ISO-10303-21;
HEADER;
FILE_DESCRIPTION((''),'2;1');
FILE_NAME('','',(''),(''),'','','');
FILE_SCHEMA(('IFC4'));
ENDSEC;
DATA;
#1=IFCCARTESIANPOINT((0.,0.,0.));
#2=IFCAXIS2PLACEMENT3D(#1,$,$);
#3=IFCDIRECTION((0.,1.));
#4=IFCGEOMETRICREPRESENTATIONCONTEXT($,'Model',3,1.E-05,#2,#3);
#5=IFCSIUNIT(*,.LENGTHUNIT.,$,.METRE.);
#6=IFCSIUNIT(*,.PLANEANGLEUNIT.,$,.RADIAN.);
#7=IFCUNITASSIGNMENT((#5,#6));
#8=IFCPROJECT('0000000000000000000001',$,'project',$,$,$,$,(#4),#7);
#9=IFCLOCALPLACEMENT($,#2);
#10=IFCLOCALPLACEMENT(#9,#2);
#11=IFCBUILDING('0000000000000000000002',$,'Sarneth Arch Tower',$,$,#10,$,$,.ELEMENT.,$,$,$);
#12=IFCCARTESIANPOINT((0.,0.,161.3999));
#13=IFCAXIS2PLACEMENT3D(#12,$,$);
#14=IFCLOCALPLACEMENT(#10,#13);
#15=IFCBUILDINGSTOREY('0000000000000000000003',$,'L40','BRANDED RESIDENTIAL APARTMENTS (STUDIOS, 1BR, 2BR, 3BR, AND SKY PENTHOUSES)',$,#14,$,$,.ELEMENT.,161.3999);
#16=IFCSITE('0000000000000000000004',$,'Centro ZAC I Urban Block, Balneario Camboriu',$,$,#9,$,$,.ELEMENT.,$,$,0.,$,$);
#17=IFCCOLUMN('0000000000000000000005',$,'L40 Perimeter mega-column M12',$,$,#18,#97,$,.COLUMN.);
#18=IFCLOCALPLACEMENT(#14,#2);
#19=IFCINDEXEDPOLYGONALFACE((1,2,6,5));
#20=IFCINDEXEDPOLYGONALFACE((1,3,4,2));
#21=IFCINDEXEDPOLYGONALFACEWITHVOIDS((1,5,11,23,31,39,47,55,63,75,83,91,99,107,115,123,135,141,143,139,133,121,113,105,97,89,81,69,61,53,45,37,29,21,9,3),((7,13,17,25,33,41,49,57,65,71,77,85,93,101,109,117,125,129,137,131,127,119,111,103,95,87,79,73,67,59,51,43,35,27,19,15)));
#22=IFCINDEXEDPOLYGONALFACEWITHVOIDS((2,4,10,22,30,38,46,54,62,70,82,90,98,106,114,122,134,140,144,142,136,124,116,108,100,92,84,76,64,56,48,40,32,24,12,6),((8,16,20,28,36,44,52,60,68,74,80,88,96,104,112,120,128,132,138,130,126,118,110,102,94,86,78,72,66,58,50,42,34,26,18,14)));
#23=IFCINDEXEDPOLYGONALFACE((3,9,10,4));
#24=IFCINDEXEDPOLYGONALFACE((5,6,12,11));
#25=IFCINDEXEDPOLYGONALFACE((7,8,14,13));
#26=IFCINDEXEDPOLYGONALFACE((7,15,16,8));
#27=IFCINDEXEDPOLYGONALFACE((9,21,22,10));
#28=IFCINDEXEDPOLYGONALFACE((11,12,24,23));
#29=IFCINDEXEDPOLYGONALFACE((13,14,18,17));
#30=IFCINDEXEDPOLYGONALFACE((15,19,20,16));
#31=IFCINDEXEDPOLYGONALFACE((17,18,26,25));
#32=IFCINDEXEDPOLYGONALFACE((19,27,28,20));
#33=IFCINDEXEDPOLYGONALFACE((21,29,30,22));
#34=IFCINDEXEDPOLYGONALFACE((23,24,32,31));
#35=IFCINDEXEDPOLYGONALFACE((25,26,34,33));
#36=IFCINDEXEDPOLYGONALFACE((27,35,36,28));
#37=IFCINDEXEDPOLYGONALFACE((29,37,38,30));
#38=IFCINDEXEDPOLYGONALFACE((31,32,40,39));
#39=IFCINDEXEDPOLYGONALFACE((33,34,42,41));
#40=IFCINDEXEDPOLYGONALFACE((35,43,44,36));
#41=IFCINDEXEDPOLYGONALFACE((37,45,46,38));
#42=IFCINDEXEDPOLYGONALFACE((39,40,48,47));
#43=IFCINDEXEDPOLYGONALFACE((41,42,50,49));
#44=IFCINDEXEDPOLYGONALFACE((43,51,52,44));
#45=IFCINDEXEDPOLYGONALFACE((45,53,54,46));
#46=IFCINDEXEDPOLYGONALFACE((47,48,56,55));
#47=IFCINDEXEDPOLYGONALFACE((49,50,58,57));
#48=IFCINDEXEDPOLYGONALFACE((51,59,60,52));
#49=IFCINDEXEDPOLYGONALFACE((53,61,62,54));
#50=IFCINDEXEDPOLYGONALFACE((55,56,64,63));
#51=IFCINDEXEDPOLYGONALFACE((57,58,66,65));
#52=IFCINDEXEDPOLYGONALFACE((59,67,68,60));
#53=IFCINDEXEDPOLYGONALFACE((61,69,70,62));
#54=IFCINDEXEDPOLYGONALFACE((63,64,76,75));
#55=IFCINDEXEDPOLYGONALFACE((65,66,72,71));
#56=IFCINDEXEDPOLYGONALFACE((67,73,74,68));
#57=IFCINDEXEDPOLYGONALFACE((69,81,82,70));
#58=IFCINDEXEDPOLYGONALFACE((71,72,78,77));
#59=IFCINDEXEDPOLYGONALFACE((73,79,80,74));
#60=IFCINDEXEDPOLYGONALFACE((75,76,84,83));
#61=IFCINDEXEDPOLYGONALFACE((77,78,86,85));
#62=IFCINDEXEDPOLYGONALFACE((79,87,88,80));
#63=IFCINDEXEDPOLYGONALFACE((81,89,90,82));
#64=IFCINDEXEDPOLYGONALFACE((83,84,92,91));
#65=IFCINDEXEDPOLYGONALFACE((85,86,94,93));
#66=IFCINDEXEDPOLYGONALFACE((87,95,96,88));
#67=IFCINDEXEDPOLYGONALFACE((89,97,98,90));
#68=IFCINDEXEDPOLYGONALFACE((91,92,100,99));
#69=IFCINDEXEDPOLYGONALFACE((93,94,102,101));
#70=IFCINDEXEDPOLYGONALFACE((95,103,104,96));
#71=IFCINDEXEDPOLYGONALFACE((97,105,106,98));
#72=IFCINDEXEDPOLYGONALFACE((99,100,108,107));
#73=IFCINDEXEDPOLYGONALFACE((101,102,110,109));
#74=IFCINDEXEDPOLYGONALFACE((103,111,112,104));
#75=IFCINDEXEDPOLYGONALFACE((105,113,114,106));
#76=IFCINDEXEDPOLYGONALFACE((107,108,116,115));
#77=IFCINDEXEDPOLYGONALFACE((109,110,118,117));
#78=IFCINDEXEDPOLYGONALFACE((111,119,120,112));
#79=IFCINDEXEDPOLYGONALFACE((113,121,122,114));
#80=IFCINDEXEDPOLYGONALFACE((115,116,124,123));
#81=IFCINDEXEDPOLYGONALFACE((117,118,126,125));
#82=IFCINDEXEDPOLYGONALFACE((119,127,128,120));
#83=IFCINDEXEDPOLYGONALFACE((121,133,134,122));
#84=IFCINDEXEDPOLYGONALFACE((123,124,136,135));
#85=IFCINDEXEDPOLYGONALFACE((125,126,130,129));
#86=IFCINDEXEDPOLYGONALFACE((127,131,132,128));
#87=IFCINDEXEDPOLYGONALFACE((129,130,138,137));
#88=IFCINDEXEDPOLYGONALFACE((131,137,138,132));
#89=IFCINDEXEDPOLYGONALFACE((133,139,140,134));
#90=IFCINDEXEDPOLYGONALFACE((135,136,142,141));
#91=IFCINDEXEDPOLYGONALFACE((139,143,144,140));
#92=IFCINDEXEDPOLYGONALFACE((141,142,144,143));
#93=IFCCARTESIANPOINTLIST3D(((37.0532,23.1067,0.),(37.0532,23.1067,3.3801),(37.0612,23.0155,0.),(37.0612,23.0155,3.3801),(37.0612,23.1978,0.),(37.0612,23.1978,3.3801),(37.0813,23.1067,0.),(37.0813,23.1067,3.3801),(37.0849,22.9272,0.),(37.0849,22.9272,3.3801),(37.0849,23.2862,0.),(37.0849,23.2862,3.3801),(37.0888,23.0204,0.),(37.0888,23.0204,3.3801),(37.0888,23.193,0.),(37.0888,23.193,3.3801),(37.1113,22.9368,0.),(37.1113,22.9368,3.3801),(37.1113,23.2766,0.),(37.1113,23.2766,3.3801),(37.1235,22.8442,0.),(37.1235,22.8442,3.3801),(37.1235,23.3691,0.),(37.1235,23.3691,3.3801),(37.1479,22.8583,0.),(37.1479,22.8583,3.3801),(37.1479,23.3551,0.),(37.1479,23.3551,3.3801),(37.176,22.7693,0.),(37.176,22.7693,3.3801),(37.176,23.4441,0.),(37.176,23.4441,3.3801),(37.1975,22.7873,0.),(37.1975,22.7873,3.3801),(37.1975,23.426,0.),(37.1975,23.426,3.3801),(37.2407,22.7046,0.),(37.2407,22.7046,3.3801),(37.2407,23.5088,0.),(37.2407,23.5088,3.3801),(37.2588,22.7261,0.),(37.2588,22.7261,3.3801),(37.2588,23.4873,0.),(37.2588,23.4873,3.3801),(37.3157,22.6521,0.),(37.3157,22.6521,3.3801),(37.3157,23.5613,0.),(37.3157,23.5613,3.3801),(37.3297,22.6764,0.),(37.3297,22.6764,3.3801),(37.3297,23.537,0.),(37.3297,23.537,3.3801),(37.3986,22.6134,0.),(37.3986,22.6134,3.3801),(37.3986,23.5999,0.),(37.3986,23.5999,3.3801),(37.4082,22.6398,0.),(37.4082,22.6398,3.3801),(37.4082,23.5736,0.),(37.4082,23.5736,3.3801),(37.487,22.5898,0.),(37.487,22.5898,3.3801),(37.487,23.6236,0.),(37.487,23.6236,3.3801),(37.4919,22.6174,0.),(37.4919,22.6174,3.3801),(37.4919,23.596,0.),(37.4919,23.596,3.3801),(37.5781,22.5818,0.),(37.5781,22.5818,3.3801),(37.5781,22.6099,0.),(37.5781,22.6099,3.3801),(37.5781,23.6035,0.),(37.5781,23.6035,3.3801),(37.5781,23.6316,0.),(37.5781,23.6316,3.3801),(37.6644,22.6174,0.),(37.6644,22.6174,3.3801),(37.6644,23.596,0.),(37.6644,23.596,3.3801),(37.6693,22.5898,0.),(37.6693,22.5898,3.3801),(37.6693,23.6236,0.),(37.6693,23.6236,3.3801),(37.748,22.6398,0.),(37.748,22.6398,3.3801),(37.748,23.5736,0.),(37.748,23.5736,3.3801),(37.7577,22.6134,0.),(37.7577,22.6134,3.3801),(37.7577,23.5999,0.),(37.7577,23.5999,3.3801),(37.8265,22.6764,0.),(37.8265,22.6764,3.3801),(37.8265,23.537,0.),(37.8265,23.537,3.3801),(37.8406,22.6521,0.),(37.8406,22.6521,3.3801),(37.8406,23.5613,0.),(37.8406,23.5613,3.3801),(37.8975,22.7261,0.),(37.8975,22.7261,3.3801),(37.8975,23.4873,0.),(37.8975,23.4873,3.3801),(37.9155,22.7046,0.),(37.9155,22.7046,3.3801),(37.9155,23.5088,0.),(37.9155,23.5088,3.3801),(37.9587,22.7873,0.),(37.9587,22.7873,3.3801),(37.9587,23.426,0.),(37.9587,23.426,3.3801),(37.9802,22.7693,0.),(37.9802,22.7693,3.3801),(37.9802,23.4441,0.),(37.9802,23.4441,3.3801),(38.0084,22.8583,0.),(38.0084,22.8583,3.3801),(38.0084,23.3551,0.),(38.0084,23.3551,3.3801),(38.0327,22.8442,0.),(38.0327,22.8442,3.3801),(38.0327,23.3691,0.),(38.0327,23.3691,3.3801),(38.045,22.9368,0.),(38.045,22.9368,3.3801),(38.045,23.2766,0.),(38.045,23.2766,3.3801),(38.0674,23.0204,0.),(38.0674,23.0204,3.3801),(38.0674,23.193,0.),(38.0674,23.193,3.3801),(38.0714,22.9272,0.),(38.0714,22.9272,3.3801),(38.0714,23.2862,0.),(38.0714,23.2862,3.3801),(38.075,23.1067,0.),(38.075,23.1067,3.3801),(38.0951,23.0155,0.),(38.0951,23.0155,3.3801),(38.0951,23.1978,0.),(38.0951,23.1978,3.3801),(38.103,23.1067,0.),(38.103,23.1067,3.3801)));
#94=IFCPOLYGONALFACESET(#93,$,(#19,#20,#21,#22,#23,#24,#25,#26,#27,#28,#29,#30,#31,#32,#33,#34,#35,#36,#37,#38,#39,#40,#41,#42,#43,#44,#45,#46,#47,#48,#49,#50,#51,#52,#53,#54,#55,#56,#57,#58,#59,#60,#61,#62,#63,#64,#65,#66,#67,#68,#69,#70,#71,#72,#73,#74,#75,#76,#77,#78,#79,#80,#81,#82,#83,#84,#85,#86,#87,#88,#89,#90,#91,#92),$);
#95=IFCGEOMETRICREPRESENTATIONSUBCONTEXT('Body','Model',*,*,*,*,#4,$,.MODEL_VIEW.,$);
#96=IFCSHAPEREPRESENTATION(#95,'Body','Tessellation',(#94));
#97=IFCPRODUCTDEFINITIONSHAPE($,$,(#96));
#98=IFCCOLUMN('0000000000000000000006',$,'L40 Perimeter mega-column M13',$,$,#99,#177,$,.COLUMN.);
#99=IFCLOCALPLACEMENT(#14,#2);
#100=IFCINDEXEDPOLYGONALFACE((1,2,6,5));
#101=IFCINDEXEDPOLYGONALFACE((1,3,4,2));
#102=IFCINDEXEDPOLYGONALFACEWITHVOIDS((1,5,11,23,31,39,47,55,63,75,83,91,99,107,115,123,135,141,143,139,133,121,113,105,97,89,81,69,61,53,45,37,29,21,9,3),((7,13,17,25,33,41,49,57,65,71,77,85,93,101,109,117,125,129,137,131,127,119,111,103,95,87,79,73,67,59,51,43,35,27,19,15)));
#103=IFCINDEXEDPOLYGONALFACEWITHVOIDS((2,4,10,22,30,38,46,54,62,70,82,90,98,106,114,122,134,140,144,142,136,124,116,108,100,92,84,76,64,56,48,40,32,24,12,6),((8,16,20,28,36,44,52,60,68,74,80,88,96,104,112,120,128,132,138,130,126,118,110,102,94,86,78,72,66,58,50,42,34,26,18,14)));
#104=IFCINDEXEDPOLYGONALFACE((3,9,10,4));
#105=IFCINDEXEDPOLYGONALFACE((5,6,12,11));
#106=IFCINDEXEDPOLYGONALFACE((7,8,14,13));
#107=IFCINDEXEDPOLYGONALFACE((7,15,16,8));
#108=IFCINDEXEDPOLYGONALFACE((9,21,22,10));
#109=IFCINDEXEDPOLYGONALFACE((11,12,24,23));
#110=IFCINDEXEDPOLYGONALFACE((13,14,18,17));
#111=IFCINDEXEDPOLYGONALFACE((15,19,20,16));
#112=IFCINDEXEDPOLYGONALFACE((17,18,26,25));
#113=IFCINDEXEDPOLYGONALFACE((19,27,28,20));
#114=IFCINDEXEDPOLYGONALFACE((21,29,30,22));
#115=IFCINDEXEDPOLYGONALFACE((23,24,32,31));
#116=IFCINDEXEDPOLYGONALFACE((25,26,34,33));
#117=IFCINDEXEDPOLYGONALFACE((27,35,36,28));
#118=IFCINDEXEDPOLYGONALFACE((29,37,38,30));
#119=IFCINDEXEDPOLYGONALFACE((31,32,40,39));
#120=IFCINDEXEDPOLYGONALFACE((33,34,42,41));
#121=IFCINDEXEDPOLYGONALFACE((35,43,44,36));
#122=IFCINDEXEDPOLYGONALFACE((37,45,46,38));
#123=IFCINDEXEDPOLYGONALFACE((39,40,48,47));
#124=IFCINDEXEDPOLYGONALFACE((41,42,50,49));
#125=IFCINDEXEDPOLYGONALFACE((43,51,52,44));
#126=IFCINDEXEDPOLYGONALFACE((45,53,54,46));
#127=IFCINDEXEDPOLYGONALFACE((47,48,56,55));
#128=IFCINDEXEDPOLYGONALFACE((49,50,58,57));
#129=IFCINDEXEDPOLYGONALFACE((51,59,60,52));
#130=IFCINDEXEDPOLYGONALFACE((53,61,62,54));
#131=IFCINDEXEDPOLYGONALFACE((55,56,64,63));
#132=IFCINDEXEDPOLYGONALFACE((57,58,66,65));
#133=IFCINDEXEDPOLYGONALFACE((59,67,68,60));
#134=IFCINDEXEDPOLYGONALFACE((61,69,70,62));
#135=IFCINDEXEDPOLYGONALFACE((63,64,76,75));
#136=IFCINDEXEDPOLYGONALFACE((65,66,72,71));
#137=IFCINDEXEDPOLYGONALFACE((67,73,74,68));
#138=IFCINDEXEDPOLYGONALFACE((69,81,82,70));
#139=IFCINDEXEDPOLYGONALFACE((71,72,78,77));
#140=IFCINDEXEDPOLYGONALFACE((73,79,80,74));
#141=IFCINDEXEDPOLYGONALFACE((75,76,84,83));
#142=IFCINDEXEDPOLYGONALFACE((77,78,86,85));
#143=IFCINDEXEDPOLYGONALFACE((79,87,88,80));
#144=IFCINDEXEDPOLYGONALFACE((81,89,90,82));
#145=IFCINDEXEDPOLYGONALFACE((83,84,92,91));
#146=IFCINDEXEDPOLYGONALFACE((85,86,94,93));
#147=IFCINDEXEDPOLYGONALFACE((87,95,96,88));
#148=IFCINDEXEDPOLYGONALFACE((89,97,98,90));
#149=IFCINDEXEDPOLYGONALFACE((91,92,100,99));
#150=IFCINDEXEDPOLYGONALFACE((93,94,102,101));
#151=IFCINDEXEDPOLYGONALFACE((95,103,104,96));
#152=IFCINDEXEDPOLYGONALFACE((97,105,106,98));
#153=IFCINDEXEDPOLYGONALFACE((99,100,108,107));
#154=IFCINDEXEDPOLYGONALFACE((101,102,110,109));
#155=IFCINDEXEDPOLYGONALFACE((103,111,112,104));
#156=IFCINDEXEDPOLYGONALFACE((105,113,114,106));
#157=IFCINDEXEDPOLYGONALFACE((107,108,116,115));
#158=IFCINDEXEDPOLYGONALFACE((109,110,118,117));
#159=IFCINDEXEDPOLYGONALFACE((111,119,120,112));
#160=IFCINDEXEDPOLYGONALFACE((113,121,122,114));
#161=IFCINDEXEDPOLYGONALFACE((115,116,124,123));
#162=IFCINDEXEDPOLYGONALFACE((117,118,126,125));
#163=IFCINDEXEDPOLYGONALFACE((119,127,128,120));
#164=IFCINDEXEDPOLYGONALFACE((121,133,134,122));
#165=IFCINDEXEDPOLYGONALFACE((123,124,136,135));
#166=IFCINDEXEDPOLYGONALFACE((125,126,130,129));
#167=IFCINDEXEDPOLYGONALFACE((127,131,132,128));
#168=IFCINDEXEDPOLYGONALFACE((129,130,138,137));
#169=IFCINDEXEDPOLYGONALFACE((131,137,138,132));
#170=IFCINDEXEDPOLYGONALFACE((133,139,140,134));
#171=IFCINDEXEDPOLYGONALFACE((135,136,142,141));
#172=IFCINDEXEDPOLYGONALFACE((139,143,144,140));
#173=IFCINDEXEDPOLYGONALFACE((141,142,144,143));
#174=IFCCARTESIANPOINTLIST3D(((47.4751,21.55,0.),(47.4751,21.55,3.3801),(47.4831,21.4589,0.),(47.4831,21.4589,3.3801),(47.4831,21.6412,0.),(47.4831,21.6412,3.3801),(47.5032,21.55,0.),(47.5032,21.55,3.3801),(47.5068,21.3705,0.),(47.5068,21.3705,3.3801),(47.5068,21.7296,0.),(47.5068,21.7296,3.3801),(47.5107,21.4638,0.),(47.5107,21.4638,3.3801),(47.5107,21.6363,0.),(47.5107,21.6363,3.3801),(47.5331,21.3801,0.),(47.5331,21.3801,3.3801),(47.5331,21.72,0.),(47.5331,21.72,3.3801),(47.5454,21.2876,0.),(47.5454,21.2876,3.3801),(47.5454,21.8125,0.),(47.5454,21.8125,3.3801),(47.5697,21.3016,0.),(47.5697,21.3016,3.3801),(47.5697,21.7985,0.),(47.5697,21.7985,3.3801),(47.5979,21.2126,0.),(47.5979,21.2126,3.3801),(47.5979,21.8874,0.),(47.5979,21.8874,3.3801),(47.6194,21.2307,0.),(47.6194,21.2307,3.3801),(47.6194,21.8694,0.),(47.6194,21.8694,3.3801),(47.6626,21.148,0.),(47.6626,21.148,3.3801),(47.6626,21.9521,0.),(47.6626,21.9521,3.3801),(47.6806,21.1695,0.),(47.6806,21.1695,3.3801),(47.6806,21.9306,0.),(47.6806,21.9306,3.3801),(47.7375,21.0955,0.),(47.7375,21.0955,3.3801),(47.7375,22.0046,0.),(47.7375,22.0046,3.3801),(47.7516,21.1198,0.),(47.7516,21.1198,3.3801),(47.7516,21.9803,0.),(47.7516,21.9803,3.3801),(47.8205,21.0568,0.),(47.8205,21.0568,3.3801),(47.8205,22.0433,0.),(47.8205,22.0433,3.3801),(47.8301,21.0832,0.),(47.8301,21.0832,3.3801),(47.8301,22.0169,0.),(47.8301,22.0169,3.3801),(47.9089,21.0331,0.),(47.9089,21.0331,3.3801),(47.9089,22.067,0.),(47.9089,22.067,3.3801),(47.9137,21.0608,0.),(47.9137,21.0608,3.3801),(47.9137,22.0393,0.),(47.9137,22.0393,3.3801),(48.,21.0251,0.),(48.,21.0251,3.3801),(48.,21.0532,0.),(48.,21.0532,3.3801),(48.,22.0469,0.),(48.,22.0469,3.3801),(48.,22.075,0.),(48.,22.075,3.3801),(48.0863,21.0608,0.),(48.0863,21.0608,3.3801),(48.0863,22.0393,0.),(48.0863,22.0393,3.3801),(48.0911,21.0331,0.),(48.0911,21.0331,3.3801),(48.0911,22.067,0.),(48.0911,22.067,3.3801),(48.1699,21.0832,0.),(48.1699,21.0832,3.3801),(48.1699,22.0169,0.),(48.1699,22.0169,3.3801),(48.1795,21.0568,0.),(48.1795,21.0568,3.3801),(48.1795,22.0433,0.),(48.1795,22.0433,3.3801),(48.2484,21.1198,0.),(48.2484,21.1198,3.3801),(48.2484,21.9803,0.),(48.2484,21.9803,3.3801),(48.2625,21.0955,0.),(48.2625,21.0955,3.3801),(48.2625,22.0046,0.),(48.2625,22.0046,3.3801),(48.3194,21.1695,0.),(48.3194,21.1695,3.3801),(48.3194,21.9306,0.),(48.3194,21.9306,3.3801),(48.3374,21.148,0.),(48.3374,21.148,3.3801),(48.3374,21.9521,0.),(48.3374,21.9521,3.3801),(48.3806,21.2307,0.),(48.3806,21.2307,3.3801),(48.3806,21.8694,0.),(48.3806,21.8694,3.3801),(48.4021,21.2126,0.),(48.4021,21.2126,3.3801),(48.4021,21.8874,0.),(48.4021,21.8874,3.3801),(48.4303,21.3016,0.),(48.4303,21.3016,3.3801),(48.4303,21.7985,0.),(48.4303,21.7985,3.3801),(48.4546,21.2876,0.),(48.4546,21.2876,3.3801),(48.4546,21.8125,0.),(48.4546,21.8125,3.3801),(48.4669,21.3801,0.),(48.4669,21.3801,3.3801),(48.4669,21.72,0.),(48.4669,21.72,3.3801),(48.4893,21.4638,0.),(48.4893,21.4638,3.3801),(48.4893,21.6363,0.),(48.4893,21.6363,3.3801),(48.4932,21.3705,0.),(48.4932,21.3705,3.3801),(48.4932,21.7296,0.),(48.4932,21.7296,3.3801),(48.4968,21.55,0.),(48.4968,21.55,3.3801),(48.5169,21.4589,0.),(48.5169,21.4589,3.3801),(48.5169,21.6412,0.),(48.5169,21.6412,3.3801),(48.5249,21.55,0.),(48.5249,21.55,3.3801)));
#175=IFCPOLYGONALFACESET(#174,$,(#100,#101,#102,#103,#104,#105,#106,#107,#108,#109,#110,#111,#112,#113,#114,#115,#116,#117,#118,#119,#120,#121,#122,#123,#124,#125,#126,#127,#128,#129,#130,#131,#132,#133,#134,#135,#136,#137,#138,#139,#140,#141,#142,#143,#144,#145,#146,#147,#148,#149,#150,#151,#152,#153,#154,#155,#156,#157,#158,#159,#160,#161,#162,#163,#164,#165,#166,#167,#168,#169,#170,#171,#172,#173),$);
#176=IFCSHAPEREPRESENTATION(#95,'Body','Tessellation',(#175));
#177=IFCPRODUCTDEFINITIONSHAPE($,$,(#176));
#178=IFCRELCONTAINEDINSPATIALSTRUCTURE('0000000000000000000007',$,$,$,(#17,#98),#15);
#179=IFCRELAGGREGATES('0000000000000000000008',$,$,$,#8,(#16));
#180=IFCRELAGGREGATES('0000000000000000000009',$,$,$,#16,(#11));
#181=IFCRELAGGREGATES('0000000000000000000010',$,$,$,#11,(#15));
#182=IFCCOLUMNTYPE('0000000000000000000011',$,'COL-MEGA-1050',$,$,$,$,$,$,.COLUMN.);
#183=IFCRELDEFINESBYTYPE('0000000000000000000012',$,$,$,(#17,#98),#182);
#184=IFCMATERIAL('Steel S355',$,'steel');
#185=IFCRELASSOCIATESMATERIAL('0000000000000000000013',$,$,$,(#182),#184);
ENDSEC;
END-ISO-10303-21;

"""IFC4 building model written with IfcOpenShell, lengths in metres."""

from ifc_helpers import new_model, si_unit, direction, frame, origin, origin_2d, place, context, subcontext, project, spatial, hollow_circle, extrude, material, material_profile, profile_set, type_object, element, save


model = new_model("IFC4")

# Units and contexts
model_context = context("Model", 3, precision=1e-05, world=origin(), true_north=direction((0.0, 1.0)))
body_context = subcontext(model_context, "Body", "Model", "MODEL_VIEW")
ifc_project = project(units=[si_unit("LENGTHUNIT", "METRE"), si_unit("PLANEANGLEUNIT", "RADIAN")], contexts=[model_context])

# Site, building, storey
site_placement = place(None, origin())
site = spatial("IfcSite", under=ifc_project, at=site_placement, Name="Centro ZAC I Urban Block, Balneario Camboriu", CompositionType="ELEMENT", RefElevation=0.0)
building_placement = place(site_placement, origin())
building = spatial("IfcBuilding", under=site, at=building_placement, Name="Sarneth Arch Tower", CompositionType="ELEMENT")
storey_placement = place(building_placement, frame((0.0, 0.0, 161.3999)))
storey = spatial("IfcBuildingStorey", under=building, at=storey_placement, Name="L40", Description="BRANDED RESIDENTIAL APARTMENTS (STUDIOS, 1BR, 2BR, 3BR, AND SKY PENTHOUSES)", CompositionType="ELEMENT", Elevation=161.3999)

# Columns
ifc_material_1 = material(Name="Steel S355", Category="steel")
ifc_material_profile_1 = material_profile(ifc_material_1, hollow_circle(Radius=0.5249, WallThickness=0.0281, at=origin_2d()), Name="CHS1050x28")
ifc_profile_set_1 = profile_set([ifc_material_profile_1], Name="Steel S355")
column_type = type_object("IfcColumnType", Name="COL-MEGA-1050", PredefinedType="COLUMN", material=ifc_profile_set_1)
for number, where, z_axis, x_axis, name in (
    (1, (37.5781, 23.1067, 0.0), (0.0, 0.0, 1.0), (1.0, 0.0, 0.0), "L40 Perimeter mega-column M12"),
    (2, (48.0, 21.55, 0.0), (0.0, 0.0, 1.0), (1.0, 0.0, 0.0), "L40 Perimeter mega-column M13"),
):
    element("IfcColumn", number, at=place(storey_placement, frame(where, z_axis=z_axis, x_axis=x_axis)), inside=storey, type_object=column_type, Name=name, PredefinedType="COLUMN", context=body_context, shape_type="SweptSolid", body=[
        extrude(hollow_circle(Radius=0.5249, WallThickness=0.0281, at=origin_2d()), origin(), (0.0, 0.0, 1.0), 3.3801),
    ])

save(model, "model.ifc")
